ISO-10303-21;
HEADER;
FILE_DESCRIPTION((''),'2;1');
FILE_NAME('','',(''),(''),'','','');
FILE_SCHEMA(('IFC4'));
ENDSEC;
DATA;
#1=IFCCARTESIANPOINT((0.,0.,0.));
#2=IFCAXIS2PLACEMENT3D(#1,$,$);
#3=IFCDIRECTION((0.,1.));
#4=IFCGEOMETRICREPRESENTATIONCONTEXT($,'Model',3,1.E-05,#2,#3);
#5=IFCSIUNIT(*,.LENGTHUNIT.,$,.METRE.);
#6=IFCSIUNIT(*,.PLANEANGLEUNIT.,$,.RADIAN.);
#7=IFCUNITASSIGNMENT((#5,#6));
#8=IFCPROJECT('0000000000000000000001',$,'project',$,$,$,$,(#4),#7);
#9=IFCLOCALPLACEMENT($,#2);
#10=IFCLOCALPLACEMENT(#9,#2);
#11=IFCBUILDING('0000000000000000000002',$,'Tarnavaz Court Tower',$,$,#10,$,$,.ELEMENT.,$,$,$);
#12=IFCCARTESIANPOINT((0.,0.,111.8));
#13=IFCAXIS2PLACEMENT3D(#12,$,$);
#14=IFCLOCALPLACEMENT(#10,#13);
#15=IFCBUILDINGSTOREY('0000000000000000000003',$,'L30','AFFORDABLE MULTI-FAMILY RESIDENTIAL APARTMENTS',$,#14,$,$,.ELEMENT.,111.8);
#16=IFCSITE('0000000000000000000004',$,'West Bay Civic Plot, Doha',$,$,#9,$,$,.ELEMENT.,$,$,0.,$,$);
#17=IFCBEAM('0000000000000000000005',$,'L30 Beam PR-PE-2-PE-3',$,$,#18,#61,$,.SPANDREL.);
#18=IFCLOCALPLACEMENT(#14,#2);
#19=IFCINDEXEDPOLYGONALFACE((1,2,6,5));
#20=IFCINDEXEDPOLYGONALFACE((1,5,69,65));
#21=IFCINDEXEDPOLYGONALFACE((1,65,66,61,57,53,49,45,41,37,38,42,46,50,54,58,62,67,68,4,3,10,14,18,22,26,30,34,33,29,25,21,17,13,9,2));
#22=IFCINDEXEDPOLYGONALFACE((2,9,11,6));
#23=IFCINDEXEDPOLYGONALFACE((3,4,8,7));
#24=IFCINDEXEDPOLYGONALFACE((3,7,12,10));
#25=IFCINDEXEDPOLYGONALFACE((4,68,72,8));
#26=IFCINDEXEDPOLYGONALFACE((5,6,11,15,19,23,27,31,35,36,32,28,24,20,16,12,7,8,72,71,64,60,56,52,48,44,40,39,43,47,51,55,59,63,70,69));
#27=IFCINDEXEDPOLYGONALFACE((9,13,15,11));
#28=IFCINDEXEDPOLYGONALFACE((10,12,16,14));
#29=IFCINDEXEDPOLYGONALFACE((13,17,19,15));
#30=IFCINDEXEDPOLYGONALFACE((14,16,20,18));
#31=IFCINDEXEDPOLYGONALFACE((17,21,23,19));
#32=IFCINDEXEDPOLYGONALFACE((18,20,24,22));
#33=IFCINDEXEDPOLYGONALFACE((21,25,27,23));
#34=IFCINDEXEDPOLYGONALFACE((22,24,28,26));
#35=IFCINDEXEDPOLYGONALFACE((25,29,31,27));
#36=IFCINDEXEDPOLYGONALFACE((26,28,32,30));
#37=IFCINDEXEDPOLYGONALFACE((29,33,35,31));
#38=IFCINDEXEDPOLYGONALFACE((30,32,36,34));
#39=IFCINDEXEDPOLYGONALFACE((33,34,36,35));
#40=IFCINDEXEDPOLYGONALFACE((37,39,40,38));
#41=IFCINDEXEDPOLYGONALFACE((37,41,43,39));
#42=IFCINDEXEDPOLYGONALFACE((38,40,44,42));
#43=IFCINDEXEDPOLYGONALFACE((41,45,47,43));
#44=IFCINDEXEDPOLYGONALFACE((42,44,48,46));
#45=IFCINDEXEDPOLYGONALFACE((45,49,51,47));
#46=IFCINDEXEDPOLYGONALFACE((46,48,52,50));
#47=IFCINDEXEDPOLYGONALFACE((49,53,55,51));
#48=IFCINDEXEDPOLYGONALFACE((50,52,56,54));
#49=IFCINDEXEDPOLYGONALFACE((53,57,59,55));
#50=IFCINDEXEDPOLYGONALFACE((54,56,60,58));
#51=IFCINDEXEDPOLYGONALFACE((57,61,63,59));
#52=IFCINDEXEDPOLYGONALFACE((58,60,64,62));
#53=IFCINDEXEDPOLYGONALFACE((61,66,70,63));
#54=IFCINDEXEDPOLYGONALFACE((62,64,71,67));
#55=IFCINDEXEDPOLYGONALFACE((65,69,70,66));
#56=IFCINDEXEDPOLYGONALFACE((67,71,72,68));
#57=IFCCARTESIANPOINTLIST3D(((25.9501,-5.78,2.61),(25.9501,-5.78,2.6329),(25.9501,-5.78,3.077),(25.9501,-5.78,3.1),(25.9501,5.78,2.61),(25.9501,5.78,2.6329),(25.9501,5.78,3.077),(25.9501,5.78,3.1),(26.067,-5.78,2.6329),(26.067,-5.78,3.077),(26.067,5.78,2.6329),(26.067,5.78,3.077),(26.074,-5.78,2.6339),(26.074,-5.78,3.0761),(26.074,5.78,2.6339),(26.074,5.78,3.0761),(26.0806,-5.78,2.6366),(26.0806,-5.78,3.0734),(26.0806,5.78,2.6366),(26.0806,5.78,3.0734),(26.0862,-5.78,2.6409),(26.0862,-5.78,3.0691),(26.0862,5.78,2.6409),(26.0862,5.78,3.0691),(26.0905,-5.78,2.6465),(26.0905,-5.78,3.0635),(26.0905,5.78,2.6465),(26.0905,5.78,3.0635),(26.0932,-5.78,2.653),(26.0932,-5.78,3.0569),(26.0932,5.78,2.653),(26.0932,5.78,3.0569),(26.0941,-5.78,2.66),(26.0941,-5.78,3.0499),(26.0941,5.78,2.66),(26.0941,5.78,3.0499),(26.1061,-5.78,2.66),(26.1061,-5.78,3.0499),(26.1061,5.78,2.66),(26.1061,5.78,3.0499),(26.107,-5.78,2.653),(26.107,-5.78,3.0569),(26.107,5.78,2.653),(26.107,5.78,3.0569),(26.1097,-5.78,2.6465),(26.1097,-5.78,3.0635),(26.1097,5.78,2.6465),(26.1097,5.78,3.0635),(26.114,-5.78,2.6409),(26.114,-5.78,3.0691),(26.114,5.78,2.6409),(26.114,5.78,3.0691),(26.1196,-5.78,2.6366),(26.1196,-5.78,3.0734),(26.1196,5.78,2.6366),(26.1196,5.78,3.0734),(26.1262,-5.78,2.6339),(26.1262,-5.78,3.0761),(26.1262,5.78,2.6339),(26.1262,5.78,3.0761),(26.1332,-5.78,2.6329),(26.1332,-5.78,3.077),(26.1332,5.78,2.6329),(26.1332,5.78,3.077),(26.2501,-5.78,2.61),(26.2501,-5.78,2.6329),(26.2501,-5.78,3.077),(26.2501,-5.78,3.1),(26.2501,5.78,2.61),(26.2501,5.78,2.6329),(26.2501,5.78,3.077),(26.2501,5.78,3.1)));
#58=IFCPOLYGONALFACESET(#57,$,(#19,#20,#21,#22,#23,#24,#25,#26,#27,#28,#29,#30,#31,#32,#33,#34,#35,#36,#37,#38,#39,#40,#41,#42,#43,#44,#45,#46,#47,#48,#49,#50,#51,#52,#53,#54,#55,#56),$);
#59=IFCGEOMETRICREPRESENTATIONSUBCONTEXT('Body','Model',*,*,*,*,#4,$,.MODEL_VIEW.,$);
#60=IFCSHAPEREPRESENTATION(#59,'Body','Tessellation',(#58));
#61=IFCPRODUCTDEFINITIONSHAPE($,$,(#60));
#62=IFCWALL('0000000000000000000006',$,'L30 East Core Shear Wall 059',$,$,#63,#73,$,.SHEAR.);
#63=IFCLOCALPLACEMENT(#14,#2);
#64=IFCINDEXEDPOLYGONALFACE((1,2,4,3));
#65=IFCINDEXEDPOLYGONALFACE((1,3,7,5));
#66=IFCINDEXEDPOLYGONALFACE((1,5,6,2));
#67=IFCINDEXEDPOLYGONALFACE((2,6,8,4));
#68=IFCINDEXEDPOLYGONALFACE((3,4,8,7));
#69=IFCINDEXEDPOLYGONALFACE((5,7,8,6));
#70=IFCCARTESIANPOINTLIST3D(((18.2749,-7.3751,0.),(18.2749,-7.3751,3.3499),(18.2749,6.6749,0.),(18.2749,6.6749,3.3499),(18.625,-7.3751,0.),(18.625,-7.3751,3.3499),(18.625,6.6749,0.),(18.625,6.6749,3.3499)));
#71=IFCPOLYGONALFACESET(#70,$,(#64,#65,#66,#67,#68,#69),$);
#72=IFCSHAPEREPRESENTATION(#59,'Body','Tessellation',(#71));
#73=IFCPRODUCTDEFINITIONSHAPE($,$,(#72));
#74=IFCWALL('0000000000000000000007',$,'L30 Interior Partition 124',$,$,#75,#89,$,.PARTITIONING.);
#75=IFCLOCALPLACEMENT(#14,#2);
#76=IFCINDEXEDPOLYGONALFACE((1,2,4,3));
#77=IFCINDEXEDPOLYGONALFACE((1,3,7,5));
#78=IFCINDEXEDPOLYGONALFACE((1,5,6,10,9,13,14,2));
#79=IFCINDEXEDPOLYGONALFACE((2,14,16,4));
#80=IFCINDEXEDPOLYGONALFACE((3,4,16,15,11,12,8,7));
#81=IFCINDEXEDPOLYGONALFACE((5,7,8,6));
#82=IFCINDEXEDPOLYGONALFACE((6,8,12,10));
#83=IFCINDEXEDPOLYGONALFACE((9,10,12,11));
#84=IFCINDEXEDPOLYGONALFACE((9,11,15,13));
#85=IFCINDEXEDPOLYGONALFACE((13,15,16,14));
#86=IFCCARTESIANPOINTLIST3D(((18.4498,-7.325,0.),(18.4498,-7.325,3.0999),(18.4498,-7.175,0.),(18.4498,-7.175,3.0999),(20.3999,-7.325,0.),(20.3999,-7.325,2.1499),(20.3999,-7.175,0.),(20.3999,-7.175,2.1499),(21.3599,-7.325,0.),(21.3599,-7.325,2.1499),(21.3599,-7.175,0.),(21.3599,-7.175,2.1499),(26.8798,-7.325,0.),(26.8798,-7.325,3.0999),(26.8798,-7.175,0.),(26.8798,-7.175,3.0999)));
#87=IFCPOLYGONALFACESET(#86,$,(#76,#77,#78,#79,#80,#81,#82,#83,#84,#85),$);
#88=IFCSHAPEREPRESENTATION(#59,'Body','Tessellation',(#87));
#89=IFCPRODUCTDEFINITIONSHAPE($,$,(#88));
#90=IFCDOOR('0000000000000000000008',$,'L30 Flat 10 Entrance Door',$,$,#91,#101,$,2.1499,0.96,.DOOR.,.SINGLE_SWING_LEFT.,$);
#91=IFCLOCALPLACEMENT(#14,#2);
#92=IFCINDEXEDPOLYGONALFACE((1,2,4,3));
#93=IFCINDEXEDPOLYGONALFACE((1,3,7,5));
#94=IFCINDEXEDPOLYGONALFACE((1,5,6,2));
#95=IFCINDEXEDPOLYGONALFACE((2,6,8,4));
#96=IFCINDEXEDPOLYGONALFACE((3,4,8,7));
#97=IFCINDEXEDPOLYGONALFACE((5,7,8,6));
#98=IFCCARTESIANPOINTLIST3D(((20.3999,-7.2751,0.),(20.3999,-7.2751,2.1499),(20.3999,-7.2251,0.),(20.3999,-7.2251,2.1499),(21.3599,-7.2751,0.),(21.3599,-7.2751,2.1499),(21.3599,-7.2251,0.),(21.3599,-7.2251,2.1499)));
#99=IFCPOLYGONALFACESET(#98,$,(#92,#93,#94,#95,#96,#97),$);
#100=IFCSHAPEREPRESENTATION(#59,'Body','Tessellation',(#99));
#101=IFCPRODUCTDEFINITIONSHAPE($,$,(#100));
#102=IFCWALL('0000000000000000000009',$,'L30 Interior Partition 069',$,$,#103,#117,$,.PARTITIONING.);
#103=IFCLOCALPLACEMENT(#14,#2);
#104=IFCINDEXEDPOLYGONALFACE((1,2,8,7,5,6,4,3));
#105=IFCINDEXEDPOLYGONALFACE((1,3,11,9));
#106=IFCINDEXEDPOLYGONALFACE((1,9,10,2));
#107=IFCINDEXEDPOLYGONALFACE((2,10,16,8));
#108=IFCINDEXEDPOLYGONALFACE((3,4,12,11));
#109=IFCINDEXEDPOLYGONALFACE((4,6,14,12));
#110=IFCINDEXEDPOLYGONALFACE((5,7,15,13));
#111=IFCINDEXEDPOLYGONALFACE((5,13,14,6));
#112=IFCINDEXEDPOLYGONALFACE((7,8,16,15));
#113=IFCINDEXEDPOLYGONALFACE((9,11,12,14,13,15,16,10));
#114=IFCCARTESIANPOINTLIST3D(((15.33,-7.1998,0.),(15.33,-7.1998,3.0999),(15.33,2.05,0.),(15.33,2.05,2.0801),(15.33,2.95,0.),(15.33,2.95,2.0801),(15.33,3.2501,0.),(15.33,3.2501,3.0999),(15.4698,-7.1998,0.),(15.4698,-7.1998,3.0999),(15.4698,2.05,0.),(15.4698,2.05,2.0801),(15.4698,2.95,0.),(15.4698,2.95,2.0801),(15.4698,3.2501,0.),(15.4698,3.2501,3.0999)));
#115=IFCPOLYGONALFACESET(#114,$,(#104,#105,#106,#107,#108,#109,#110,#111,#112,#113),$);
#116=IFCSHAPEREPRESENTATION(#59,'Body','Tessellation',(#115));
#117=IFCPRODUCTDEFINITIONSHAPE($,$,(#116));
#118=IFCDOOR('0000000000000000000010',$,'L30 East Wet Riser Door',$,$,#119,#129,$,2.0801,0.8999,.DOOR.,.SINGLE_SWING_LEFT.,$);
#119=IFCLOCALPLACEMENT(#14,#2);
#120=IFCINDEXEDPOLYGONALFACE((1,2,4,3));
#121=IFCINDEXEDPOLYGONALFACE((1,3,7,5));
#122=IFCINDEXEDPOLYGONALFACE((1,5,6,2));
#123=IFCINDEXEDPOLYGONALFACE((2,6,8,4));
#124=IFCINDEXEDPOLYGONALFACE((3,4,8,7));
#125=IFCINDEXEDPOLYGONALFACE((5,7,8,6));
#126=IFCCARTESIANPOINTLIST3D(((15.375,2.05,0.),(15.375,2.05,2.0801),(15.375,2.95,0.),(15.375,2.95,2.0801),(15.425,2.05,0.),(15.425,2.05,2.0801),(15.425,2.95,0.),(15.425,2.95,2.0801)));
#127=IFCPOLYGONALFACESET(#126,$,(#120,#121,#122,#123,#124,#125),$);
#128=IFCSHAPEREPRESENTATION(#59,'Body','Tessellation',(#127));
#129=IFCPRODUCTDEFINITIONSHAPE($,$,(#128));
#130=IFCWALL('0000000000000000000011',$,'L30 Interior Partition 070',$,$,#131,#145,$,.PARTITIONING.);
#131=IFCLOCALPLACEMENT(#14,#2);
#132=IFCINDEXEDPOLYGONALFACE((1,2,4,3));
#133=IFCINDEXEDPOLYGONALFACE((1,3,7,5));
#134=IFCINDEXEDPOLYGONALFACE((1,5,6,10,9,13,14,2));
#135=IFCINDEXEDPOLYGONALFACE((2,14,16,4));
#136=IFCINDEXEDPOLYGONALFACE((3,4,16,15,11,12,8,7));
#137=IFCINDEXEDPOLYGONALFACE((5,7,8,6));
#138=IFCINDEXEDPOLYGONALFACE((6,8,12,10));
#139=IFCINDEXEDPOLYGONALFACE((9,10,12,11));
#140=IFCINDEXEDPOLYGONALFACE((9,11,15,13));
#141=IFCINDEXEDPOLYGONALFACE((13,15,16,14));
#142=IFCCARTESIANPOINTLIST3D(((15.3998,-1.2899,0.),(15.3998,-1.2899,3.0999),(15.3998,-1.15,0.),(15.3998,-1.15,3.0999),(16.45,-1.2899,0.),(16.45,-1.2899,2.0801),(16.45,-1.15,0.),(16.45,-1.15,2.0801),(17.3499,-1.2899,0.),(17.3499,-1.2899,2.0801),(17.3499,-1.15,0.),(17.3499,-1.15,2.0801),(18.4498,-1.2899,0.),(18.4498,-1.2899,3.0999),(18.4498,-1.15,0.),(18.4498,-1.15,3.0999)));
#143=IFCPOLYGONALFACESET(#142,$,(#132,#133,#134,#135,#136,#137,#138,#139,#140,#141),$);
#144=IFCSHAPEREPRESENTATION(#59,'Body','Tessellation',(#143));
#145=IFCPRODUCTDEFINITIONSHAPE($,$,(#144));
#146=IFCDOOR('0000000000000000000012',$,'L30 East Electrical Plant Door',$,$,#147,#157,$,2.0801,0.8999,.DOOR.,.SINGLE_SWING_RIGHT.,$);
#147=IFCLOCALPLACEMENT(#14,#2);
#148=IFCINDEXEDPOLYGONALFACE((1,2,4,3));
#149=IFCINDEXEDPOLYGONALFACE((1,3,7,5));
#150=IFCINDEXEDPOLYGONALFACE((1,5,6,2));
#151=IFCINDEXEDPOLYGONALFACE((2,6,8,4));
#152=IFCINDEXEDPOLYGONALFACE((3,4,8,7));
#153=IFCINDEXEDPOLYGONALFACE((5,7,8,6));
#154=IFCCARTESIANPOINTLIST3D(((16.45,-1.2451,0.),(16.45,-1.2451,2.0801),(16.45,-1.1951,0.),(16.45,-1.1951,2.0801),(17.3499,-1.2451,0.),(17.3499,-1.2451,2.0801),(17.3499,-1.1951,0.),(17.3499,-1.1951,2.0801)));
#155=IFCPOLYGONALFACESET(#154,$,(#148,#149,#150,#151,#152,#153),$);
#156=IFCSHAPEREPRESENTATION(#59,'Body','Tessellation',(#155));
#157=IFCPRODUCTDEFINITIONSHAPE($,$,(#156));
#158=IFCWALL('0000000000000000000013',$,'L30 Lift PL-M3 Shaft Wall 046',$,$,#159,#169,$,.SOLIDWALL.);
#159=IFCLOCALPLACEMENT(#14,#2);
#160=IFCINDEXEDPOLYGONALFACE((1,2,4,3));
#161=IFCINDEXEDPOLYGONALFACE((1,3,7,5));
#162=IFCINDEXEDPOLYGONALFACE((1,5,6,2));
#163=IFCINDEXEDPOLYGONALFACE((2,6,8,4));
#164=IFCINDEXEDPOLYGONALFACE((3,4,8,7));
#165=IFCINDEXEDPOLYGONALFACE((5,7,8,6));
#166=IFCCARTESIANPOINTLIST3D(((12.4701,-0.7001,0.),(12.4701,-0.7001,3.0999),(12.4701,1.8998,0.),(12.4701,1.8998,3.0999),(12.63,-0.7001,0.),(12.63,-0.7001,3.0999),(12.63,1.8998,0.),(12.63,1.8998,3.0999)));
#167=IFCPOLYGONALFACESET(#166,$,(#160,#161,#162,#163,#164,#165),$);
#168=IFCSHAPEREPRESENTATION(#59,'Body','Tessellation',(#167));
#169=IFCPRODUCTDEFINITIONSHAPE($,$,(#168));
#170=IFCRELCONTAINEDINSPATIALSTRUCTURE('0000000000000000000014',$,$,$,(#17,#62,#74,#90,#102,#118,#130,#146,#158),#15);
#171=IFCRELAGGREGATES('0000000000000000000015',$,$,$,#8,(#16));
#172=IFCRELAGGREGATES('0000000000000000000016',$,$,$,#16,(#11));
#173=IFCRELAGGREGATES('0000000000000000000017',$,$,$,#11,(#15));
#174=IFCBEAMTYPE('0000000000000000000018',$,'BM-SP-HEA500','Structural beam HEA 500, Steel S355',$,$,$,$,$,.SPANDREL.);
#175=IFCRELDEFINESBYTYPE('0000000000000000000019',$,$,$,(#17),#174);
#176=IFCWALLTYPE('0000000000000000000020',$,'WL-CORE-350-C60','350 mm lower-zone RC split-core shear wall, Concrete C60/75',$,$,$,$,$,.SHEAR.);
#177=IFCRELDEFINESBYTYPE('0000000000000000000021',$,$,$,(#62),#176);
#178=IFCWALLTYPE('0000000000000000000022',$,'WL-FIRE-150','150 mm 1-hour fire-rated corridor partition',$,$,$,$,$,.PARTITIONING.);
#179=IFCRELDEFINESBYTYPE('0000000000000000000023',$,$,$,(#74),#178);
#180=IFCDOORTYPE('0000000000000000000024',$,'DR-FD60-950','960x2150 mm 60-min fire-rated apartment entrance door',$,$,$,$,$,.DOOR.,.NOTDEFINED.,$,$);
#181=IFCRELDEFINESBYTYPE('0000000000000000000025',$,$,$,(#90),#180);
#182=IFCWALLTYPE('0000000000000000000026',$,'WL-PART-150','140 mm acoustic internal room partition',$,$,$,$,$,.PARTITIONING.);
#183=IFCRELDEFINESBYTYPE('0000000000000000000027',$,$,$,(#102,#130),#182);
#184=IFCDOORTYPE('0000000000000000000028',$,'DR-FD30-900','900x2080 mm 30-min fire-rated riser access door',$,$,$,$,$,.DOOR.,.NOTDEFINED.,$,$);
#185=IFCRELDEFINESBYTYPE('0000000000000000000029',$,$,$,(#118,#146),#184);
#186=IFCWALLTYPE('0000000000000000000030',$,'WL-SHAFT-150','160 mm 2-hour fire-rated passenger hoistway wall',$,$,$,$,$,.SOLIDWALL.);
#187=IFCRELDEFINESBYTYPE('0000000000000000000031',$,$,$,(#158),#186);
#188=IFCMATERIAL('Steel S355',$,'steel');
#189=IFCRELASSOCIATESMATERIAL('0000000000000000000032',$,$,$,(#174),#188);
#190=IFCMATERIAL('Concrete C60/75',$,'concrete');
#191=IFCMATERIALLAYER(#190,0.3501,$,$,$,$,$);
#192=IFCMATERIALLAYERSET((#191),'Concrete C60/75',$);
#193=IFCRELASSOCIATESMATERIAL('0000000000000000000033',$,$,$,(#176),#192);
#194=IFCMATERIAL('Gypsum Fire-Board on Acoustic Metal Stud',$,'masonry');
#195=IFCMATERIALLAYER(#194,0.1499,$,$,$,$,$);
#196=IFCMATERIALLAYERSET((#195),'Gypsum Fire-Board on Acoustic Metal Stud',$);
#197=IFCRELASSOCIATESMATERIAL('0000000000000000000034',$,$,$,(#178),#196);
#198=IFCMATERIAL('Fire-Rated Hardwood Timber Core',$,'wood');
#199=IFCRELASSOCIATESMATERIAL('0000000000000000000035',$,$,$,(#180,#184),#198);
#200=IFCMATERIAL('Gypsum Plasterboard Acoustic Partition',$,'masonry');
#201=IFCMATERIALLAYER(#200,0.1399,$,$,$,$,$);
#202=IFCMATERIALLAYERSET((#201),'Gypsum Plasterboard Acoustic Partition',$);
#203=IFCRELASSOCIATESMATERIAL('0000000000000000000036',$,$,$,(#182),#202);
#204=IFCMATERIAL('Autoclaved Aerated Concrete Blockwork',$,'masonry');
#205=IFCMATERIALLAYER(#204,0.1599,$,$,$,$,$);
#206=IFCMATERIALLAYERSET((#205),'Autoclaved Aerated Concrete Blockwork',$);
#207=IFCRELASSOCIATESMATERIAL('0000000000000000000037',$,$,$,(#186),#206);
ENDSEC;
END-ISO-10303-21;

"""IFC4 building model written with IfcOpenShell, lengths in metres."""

from ifc_helpers import new_model, si_unit, direction, frame, frame_2d, origin, origin_2d, place, context, subcontext, project, spatial, rectangle, i_section, extrude, material, layer, layer_set, material_profile, profile_set, type_object, element, fill, save


model = new_model("IFC4")

# Units and contexts
model_context = context("Model", 3, precision=1e-05, world=origin(), true_north=direction((0.0, 1.0)))
body_context = subcontext(model_context, "Body", "Model", "MODEL_VIEW")
ifc_project = project(units=[si_unit("LENGTHUNIT", "METRE"), si_unit("PLANEANGLEUNIT", "RADIAN")], contexts=[model_context])

# Site, building, storey
site_placement = place(None, origin())
site = spatial("IfcSite", under=ifc_project, at=site_placement, Name="West Bay Civic Plot, Doha", CompositionType="ELEMENT", RefElevation=0.0)
building_placement = place(site_placement, origin())
building = spatial("IfcBuilding", under=site, at=building_placement, Name="Tarnavaz Court Tower", CompositionType="ELEMENT")
storey_placement = place(building_placement, frame((0.0, 0.0, 111.8)))
storey = spatial("IfcBuildingStorey", under=building, at=storey_placement, Name="L30", Description="AFFORDABLE MULTI-FAMILY RESIDENTIAL APARTMENTS", CompositionType="ELEMENT", Elevation=111.8)

# Shared definitions
ifc_material_1 = material(Name="Concrete C60/75", Category="concrete")

# Beam
ifc_material_2 = material(Name="Steel S355", Category="steel")
ifc_material_profile_1 = material_profile(ifc_material_2, i_section(OverallWidth=0.3, OverallDepth=0.49, WebThickness=0.012, FlangeThickness=0.0229, FilletRadius=0.0271, at=origin_2d()), Name="HEA 500")
ifc_profile_set_1 = profile_set([ifc_material_profile_1], Name="Steel S355")
beam_type_1 = type_object("IfcBeamType", Name="BM-SP-HEA500", Description="Structural beam HEA 500, Steel S355", PredefinedType="SPANDREL", material=ifc_profile_set_1)
beam_1_placement = place(storey_placement, frame((26.1001, -5.78, 2.855), z_axis=(0.0, 1.0, 0.0), x_axis=(-1.0, 0.0, 0.0)))
element("IfcBeam", 1, at=beam_1_placement, inside=storey, type_object=beam_type_1, Name="L30 Beam PR-PE-2-PE-3", PredefinedType="SPANDREL", context=body_context, shape_type="SweptSolid", body=[
    extrude(i_section(OverallWidth=0.3, OverallDepth=0.49, WebThickness=0.012, FlangeThickness=0.0229, FilletRadius=0.0271, at=origin_2d()), origin(), (0.0, 0.0, 1.0), 11.5601),
])

# Wall
ifc_layer_1 = layer(ifc_material_1, 0.3501)
ifc_layer_set_1 = layer_set([ifc_layer_1], Name="Concrete C60/75")
wall_type_1 = type_object("IfcWallType", Name="WL-CORE-350-C60", Description="350 mm lower-zone RC split-core shear wall, Concrete C60/75", PredefinedType="SHEAR", material=ifc_layer_set_1)
wall_1_placement = place(storey_placement, frame((18.45, -7.375, 0.0), z_axis=(0.0, 0.0, 1.0), x_axis=(0.0, 1.0, 0.0)))
element("IfcWall", 2, at=wall_1_placement, inside=storey, type_object=wall_type_1, Name="L30 East Core Shear Wall 059", PredefinedType="SHEAR", context=body_context, shape_type="SweptSolid", body=[
    extrude(rectangle(XDim=14.05, YDim=0.3501, at=frame_2d((7.0249, 0.0))), origin(), (0.0, 0.0, 1.0), 3.3499),
])

# Walls, openings, doors
ifc_material_3 = material(Name="Gypsum Fire-Board on Acoustic Metal Stud", Category="masonry")
ifc_layer_2 = layer(ifc_material_3, 0.1499)
ifc_layer_set_2 = layer_set([ifc_layer_2], Name="Gypsum Fire-Board on Acoustic Metal Stud")
wall_type_2 = type_object("IfcWallType", Name="WL-FIRE-150", Description="150 mm 1-hour fire-rated corridor partition", PredefinedType="PARTITIONING", material=ifc_layer_set_2)
wall_2_placement = place(storey_placement, frame((18.45, -7.25, 0.0), z_axis=(0.0, 0.0, 1.0), x_axis=(1.0, 0.0, 0.0)))
wall_2 = element("IfcWall", 3, at=wall_2_placement, inside=storey, type_object=wall_type_2, Name="L30 Interior Partition 124", PredefinedType="PARTITIONING", context=body_context, shape_type="SweptSolid", body=[
    extrude(rectangle(XDim=8.4299, YDim=0.1499, at=frame_2d((4.2148, 0.0))), origin(), (0.0, 0.0, 1.0), 3.0999),
])
opening_1_placement = place(wall_2_placement, frame((1.95, 0.0, 0.0)))
opening_1 = element("IfcOpeningElement", 4, at=opening_1_placement, cuts=wall_2, PredefinedType="OPENING", context=body_context, shape_type="SweptSolid", body=[
    extrude(rectangle(XDim=0.96, YDim=2.1499, at=frame_2d((0.48, 1.075))), frame((0.0, 0.085, 0.0), z_axis=(0.0, -1.0, 0.0), x_axis=(1.0, 0.0, 0.0)), (0.0, 0.0, 1.0), 0.1699),
])
ifc_material_4 = material(Name="Fire-Rated Hardwood Timber Core", Category="wood")
door_type_1 = type_object("IfcDoorType", Name="DR-FD60-950", Description="960x2150 mm 60-min fire-rated apartment entrance door", OperationType="NOTDEFINED", PredefinedType="DOOR", material=ifc_material_4)
door_1_placement = place(opening_1_placement, origin())
door_1 = element("IfcDoor", 5, at=door_1_placement, inside=storey, type_object=door_type_1, Name="L30 Flat 10 Entrance Door", OperationType="SINGLE_SWING_LEFT", OverallHeight=2.1499, OverallWidth=0.96, PredefinedType="DOOR", context=body_context, shape_type="SweptSolid", body=[
    extrude(rectangle(XDim=0.96, YDim=2.1499, at=frame_2d((0.48, 1.075))), frame((0.0, 0.0249, 0.0), z_axis=(0.0, -1.0, 0.0), x_axis=(1.0, 0.0, 0.0)), (0.0, 0.0, 1.0), 0.05),
])
fill(opening_1, door_1)
ifc_material_5 = material(Name="Gypsum Plasterboard Acoustic Partition", Category="masonry")
ifc_layer_3 = layer(ifc_material_5, 0.1399)
ifc_layer_set_3 = layer_set([ifc_layer_3], Name="Gypsum Plasterboard Acoustic Partition")
wall_type_3 = type_object("IfcWallType", Name="WL-PART-150", Description="140 mm acoustic internal room partition", PredefinedType="PARTITIONING", material=ifc_layer_set_3)
wall_3_placement = place(storey_placement, frame((15.3999, -7.2, 0.0), z_axis=(0.0, 0.0, 1.0), x_axis=(0.0, 1.0, 0.0)))
wall_3 = element("IfcWall", 6, at=wall_3_placement, inside=storey, type_object=wall_type_3, Name="L30 Interior Partition 069", PredefinedType="PARTITIONING", context=body_context, shape_type="SweptSolid", body=[
    extrude(rectangle(XDim=10.45, YDim=0.1399, at=frame_2d((5.2251, 0.0))), origin(), (0.0, 0.0, 1.0), 3.0999),
])
opening_2_placement = place(wall_3_placement, frame((9.25, 0.0, 0.0)))
opening_2 = element("IfcOpeningElement", 7, at=opening_2_placement, cuts=wall_3, PredefinedType="OPENING", context=body_context, shape_type="SweptSolid", body=[
    extrude(rectangle(XDim=0.8999, YDim=2.0801, at=frame_2d((0.45, 1.04))), frame((0.0, 0.0798, 0.0), z_axis=(0.0, -1.0, 0.0), x_axis=(1.0, 0.0, 0.0)), (0.0, 0.0, 1.0), 0.1599),
])
door_type_2 = type_object("IfcDoorType", Name="DR-FD30-900", Description="900x2080 mm 30-min fire-rated riser access door", OperationType="NOTDEFINED", PredefinedType="DOOR", material=ifc_material_4)
door_2_placement = place(opening_2_placement, origin())
door_2 = element("IfcDoor", 8, at=door_2_placement, inside=storey, type_object=door_type_2, Name="L30 East Wet Riser Door", OperationType="SINGLE_SWING_LEFT", OverallHeight=2.0801, OverallWidth=0.8999, PredefinedType="DOOR", context=body_context, shape_type="SweptSolid", body=[
    extrude(rectangle(XDim=0.8999, YDim=2.0801, at=frame_2d((0.45, 1.04))), frame((0.0, 0.0249, 0.0), z_axis=(0.0, -1.0, 0.0), x_axis=(1.0, 0.0, 0.0)), (0.0, 0.0, 1.0), 0.05),
])
fill(opening_2, door_2)
wall_4_placement = place(storey_placement, frame((15.3999, -1.22, 0.0), z_axis=(0.0, 0.0, 1.0), x_axis=(1.0, 0.0, 0.0)))
wall_4 = element("IfcWall", 9, at=wall_4_placement, inside=storey, type_object=wall_type_3, Name="L30 Interior Partition 070", PredefinedType="PARTITIONING", context=body_context, shape_type="SweptSolid", body=[
    extrude(rectangle(XDim=3.05, YDim=0.1399, at=frame_2d((1.5249, 0.0))), origin(), (0.0, 0.0, 1.0), 3.0999),
])
opening_3_placement = place(wall_4_placement, frame((1.05, 0.0, 0.0)))
opening_3 = element("IfcOpeningElement", 10, at=opening_3_placement, cuts=wall_4, PredefinedType="OPENING", context=body_context, shape_type="SweptSolid", body=[
    extrude(rectangle(XDim=0.8999, YDim=2.0801, at=frame_2d((0.45, 1.04))), frame((0.0, 0.0798, 0.0), z_axis=(0.0, -1.0, 0.0), x_axis=(1.0, 0.0, 0.0)), (0.0, 0.0, 1.0), 0.1599),
])
door_3_placement = place(opening_3_placement, origin())
door_3 = element("IfcDoor", 11, at=door_3_placement, inside=storey, type_object=door_type_2, Name="L30 East Electrical Plant Door", OperationType="SINGLE_SWING_RIGHT", OverallHeight=2.0801, OverallWidth=0.8999, PredefinedType="DOOR", context=body_context, shape_type="SweptSolid", body=[
    extrude(rectangle(XDim=0.8999, YDim=2.0801, at=frame_2d((0.45, 1.04))), frame((0.0, 0.0249, 0.0), z_axis=(0.0, -1.0, 0.0), x_axis=(1.0, 0.0, 0.0)), (0.0, 0.0, 1.0), 0.05),
])
fill(opening_3, door_3)

# Wall
ifc_material_6 = material(Name="Autoclaved Aerated Concrete Blockwork", Category="masonry")
ifc_layer_4 = layer(ifc_material_6, 0.1599)
ifc_layer_set_4 = layer_set([ifc_layer_4], Name="Autoclaved Aerated Concrete Blockwork")
wall_type_4 = type_object("IfcWallType", Name="WL-SHAFT-150", Description="160 mm 2-hour fire-rated passenger hoistway wall", PredefinedType="SOLIDWALL", material=ifc_layer_set_4)
wall_5_placement = place(storey_placement, frame((12.55, -0.7, 0.0), z_axis=(0.0, 0.0, 1.0), x_axis=(0.0, 1.0, 0.0)))
element("IfcWall", 12, at=wall_5_placement, inside=storey, type_object=wall_type_4, Name="L30 Lift PL-M3 Shaft Wall 046", PredefinedType="SOLIDWALL", context=body_context, shape_type="SweptSolid", body=[
    extrude(rectangle(XDim=2.5999, YDim=0.1599, at=frame_2d((1.2998, 0.0))), origin(), (0.0, 0.0, 1.0), 3.0999),
])

save(model, "model.ifc")
